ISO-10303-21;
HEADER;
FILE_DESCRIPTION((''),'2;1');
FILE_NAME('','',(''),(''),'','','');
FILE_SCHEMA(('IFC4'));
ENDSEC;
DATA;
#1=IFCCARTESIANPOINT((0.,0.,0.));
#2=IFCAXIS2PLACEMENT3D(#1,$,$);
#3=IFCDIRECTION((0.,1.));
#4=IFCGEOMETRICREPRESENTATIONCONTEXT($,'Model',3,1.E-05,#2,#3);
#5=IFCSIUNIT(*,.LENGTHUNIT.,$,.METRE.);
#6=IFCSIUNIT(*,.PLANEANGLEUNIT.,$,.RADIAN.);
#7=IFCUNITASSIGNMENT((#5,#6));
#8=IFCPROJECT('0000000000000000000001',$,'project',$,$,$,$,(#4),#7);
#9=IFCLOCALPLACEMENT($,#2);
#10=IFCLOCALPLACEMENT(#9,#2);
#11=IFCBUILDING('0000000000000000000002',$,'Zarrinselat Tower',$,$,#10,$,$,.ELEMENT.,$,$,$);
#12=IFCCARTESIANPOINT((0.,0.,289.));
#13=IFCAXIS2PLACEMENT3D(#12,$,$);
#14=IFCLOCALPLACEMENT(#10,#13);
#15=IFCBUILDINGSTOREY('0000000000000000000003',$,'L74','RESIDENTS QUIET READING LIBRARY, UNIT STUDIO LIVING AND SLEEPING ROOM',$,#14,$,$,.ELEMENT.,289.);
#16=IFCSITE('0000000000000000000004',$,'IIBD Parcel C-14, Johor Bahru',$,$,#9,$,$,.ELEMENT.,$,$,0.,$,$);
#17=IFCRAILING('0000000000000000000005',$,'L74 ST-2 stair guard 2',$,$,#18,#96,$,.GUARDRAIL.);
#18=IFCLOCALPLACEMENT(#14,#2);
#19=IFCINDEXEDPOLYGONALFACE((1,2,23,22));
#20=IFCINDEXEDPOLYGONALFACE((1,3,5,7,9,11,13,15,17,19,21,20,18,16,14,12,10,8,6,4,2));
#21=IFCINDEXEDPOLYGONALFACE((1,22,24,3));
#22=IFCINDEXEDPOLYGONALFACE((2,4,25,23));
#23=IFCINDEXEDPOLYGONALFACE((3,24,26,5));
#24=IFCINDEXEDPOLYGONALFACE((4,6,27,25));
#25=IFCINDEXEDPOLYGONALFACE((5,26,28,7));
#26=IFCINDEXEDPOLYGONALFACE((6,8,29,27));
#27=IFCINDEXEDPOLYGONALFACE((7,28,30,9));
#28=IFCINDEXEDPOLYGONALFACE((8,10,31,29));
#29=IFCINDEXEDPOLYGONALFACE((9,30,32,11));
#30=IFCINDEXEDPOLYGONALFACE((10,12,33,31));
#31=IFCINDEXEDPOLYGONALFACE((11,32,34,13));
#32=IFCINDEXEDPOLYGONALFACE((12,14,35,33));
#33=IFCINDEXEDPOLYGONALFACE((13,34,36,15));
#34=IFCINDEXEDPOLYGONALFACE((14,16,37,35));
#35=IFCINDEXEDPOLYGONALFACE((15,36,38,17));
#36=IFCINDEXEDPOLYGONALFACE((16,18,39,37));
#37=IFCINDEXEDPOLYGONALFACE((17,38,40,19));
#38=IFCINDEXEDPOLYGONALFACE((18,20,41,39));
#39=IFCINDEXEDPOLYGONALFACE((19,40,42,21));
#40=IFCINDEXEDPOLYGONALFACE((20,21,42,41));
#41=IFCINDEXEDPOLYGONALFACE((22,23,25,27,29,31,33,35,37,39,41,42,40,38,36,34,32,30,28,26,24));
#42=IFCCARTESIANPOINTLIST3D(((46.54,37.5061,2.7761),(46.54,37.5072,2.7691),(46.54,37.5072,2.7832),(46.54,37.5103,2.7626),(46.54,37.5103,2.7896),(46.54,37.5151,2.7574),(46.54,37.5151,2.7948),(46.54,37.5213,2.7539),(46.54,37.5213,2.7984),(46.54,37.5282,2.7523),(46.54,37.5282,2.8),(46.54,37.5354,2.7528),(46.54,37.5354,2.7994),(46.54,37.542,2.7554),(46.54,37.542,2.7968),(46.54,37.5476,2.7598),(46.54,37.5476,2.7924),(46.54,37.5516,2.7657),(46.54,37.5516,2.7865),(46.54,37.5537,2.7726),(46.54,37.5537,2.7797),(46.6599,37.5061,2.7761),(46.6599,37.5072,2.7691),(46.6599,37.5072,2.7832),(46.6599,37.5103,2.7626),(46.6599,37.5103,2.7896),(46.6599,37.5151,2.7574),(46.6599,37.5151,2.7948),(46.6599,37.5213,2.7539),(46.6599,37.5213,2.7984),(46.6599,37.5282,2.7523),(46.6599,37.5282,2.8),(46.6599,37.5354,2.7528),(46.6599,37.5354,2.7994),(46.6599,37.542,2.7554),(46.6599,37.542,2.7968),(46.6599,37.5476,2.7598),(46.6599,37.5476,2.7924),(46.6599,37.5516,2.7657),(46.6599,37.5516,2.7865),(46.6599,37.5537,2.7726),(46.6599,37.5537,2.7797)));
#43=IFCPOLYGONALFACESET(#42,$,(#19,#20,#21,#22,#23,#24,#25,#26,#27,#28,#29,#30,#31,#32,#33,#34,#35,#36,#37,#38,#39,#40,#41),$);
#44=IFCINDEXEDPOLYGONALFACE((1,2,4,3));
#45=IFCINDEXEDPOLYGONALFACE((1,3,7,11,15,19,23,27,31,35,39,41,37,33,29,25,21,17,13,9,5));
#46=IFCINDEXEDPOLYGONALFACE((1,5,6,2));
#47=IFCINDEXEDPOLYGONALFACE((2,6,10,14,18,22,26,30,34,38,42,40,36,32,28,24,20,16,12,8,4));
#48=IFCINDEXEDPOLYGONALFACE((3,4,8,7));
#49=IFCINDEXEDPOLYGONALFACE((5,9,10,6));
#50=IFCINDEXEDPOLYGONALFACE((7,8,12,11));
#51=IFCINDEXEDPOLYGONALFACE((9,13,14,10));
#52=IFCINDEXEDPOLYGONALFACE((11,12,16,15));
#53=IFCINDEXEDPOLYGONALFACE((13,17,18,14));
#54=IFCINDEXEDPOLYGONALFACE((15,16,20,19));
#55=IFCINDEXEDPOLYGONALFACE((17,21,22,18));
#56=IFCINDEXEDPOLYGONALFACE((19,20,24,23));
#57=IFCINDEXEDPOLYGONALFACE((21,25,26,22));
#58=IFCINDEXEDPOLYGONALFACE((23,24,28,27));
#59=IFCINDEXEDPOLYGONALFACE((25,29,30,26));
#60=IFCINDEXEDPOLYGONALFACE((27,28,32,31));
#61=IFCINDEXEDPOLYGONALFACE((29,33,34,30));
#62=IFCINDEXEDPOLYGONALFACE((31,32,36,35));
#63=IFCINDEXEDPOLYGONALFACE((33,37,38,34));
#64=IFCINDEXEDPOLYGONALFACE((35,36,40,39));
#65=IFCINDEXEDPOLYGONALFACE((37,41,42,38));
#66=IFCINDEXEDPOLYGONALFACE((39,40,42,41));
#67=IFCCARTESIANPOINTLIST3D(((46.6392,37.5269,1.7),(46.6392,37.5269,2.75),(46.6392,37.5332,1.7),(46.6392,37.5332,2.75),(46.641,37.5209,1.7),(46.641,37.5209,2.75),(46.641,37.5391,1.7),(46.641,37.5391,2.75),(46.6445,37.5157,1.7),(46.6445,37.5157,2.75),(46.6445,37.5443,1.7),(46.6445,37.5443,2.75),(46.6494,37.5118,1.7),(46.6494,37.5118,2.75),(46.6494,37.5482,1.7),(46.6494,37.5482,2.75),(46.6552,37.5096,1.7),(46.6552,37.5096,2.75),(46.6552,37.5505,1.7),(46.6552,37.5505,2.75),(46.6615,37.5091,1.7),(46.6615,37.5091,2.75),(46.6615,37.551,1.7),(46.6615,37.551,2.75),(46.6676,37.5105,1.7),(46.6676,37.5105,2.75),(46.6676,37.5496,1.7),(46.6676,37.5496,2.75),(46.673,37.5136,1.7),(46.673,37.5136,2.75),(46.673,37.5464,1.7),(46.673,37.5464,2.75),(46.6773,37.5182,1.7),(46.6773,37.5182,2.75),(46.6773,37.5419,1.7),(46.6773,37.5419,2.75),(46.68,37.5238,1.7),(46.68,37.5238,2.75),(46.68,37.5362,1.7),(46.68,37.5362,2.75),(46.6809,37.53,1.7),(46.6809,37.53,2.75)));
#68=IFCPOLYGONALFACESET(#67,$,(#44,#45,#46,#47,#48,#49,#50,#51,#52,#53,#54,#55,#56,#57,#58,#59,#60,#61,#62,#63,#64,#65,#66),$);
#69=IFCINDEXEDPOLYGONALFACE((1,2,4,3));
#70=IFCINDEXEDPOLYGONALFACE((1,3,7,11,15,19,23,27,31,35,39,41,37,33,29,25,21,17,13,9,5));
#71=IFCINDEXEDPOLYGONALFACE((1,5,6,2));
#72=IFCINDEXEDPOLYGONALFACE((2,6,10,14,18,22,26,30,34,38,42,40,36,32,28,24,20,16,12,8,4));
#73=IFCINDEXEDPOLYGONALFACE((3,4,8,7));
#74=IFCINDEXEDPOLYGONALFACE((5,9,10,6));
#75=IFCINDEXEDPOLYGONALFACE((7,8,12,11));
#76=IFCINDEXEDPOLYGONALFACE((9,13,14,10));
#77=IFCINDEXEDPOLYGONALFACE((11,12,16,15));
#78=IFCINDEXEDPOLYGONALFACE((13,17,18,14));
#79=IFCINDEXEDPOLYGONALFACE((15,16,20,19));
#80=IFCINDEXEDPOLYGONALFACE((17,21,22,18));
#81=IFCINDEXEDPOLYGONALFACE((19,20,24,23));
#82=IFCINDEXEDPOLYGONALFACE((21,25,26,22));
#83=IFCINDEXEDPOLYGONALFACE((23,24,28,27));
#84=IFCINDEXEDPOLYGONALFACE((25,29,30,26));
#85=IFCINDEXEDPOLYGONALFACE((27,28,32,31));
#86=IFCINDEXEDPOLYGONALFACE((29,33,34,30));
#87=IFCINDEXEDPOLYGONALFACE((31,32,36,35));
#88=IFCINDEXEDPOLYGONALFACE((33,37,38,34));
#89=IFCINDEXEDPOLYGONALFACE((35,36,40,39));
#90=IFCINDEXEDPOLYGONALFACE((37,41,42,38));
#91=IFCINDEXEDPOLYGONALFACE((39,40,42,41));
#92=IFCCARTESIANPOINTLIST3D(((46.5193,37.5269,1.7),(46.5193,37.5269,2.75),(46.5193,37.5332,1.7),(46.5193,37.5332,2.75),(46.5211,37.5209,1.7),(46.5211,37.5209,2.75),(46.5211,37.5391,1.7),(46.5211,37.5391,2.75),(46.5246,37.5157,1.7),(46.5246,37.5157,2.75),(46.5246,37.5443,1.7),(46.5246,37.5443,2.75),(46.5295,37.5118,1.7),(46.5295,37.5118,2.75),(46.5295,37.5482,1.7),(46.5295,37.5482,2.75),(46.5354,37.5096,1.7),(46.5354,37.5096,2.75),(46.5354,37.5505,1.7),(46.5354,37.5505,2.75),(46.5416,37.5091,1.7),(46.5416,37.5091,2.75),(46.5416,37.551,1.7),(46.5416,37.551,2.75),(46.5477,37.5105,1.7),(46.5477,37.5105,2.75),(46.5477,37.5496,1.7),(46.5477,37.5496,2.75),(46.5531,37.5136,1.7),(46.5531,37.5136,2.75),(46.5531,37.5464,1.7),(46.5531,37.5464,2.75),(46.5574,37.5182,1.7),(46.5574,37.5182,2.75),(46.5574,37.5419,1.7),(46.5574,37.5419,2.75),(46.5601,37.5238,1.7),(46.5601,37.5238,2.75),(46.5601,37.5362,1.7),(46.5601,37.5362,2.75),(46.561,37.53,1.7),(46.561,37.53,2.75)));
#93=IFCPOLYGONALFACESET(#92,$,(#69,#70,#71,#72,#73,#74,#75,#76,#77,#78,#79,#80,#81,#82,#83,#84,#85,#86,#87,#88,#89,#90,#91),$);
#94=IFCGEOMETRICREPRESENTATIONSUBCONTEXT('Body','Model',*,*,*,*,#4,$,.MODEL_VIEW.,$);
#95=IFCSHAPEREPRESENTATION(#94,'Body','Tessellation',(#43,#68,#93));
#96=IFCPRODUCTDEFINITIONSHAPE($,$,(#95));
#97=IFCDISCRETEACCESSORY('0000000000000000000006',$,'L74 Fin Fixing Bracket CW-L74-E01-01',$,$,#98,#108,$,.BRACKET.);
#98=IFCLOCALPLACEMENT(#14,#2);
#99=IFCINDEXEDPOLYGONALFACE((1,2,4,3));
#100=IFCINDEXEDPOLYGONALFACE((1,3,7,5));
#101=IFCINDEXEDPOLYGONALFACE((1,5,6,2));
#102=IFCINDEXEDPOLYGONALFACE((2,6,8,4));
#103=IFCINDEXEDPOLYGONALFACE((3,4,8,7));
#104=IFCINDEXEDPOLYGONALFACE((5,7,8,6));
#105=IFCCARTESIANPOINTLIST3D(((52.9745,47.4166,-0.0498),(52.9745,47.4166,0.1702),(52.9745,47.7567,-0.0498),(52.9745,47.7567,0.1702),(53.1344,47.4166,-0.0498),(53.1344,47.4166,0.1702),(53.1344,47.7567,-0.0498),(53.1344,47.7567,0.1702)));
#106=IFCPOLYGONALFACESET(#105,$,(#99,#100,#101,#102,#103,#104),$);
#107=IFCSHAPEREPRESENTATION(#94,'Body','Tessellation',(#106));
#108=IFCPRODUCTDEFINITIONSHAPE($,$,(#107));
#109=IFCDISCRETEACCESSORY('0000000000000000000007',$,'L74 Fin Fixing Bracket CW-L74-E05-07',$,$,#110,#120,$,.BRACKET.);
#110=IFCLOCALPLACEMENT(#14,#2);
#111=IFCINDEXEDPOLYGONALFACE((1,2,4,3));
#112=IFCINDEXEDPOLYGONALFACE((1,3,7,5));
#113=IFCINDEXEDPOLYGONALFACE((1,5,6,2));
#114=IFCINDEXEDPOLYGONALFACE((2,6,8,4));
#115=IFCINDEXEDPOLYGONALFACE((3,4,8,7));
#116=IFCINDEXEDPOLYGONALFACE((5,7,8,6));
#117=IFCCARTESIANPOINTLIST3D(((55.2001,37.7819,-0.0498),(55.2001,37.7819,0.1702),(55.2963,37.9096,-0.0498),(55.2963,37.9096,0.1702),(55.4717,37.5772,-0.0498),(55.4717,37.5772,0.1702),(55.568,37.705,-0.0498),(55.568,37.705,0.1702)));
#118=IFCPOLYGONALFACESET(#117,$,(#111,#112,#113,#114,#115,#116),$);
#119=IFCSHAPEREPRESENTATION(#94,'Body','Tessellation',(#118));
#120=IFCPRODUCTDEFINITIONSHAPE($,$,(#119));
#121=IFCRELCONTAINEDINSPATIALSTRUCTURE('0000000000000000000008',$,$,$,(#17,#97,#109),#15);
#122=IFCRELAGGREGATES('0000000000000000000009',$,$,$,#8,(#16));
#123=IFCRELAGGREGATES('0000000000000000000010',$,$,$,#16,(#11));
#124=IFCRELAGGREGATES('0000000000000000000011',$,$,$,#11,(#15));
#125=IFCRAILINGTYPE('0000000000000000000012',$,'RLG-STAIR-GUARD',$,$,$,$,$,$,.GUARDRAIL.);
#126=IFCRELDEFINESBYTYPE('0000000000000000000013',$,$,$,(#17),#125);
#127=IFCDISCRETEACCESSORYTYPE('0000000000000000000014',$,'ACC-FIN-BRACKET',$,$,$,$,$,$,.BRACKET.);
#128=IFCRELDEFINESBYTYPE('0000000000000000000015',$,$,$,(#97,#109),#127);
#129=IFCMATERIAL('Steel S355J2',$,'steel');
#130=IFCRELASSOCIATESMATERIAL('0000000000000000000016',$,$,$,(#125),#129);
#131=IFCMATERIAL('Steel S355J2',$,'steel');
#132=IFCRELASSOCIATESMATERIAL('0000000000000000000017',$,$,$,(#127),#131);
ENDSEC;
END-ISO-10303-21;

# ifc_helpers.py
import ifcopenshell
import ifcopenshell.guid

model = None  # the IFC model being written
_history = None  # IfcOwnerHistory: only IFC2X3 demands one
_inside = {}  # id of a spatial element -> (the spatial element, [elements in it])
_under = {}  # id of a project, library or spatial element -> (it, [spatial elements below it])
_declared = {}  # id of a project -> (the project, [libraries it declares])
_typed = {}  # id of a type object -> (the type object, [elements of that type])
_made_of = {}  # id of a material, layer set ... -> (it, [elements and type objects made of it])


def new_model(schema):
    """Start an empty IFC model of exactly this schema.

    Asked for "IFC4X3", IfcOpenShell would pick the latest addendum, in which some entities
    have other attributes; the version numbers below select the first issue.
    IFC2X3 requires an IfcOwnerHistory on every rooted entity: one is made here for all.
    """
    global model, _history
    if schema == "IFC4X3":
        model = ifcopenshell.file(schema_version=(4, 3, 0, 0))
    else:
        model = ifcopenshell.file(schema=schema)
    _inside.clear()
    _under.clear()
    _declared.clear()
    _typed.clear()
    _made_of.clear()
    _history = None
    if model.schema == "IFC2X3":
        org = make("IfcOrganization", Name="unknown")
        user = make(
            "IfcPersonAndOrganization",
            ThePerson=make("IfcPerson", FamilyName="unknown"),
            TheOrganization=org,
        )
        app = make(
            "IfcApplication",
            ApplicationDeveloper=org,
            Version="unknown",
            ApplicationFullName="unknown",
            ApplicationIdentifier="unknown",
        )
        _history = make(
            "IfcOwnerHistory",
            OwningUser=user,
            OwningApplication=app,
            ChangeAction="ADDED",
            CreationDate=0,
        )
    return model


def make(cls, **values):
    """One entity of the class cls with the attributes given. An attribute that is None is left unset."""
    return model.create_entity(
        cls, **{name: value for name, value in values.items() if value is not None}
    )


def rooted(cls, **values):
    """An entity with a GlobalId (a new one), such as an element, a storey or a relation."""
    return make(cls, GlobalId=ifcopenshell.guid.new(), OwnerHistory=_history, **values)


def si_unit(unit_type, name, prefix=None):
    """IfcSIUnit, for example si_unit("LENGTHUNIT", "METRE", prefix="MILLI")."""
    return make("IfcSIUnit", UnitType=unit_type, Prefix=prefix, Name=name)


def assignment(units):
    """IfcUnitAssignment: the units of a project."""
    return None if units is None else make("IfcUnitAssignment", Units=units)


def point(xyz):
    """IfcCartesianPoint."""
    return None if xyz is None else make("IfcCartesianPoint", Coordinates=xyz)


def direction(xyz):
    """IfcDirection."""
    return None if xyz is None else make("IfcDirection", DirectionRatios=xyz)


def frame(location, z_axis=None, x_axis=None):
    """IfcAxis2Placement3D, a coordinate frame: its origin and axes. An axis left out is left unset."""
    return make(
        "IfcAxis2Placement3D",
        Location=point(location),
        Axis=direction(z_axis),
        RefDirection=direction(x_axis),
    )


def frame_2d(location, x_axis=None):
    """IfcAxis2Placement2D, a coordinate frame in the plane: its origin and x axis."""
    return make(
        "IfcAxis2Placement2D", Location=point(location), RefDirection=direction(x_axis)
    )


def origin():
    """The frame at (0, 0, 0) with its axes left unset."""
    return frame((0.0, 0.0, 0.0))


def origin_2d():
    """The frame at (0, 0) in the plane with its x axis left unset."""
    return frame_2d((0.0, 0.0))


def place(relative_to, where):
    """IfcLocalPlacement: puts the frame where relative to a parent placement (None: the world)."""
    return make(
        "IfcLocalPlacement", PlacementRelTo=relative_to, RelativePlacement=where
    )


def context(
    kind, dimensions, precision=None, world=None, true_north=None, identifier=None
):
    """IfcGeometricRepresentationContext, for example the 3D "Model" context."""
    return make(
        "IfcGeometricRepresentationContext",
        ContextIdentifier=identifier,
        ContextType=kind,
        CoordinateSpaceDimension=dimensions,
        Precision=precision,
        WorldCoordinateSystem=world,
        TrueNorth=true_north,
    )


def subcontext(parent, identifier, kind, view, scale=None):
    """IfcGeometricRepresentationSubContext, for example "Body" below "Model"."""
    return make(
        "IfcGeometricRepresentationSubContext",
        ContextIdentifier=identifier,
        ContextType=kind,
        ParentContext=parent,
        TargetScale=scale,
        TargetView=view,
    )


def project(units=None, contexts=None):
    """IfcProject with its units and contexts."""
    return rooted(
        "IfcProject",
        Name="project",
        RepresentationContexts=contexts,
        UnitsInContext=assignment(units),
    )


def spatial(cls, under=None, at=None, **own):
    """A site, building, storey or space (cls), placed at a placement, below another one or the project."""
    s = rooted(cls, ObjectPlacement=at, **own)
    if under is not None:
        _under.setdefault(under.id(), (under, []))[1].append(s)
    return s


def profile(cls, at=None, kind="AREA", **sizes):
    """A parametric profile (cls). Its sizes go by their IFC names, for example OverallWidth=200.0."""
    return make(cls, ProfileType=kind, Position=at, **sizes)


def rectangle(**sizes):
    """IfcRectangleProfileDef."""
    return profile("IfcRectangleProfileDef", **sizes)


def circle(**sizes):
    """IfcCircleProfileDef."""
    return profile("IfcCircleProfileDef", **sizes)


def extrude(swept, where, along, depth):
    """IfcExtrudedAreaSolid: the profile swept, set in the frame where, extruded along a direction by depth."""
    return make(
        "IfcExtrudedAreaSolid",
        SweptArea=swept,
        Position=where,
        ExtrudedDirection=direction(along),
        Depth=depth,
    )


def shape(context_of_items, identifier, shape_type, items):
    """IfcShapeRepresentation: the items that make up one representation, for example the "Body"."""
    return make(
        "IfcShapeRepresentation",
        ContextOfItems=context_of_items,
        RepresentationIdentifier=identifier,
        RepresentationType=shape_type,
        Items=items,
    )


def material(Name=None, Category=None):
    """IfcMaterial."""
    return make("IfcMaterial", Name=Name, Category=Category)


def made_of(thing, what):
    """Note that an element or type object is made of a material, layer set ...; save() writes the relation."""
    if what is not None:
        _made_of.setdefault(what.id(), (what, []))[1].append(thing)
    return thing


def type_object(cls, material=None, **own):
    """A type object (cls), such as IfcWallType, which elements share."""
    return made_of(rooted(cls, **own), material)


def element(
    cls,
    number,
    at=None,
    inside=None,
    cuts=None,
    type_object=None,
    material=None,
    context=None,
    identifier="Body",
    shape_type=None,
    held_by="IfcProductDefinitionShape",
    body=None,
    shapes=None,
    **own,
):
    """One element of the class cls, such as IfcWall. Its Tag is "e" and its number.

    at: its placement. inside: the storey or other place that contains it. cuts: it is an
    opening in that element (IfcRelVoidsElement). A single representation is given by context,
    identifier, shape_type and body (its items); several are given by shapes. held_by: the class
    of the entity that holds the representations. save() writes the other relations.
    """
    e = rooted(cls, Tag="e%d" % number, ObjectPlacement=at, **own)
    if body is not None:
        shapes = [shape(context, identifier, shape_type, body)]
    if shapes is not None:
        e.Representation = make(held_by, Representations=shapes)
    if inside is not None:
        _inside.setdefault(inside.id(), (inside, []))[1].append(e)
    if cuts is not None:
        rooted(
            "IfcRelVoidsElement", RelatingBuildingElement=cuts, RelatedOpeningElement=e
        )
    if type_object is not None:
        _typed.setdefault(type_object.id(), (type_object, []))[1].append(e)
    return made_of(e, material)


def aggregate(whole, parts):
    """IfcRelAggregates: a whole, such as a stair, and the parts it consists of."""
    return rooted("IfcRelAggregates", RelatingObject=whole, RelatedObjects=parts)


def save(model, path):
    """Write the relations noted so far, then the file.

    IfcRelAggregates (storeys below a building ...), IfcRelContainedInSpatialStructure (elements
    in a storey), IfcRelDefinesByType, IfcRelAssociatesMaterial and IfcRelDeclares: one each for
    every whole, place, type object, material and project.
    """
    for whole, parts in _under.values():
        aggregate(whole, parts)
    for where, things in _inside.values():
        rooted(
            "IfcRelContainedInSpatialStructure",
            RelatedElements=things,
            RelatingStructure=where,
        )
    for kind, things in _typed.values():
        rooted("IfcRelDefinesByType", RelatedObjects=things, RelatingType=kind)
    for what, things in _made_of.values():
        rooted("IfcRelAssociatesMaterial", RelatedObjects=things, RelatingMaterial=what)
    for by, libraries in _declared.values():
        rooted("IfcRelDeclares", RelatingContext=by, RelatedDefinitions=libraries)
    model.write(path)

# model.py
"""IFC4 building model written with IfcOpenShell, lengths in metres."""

from ifc_helpers import new_model, si_unit, direction, frame, origin, origin_2d, place, context, subcontext, project, spatial, rectangle, circle, extrude, material, type_object, element, save


model = new_model("IFC4")

# Units and contexts
model_context = context("Model", 3, precision=1e-05, world=origin(), true_north=direction((0.0, 1.0)))
body_context = subcontext(model_context, "Body", "Model", "MODEL_VIEW")
ifc_project = project(units=[si_unit("LENGTHUNIT", "METRE"), si_unit("PLANEANGLEUNIT", "RADIAN")], contexts=[model_context])

# Site, building, storey
site_placement = place(None, origin())
site = spatial("IfcSite", under=ifc_project, at=site_placement, Name="IIBD Parcel C-14, Johor Bahru", CompositionType="ELEMENT", RefElevation=0.0)
building_placement = place(site_placement, origin())
building = spatial("IfcBuilding", under=site, at=building_placement, Name="Zarrinselat Tower", CompositionType="ELEMENT")
storey_placement = place(building_placement, frame((0.0, 0.0, 289.0)))
storey = spatial("IfcBuildingStorey", under=building, at=storey_placement, Name="L74", Description="RESIDENTS QUIET READING LIBRARY, UNIT STUDIO LIVING AND SLEEPING ROOM", CompositionType="ELEMENT", Elevation=289.0)

# Railing
ifc_material_1 = material(Name="Steel S355J2", Category="steel")
railing_type = type_object("IfcRailingType", Name="RLG-STAIR-GUARD", PredefinedType="GUARDRAIL", material=ifc_material_1)
railing_placement = place(storey_placement, frame((46.6599, 37.53, 1.7)))
element("IfcRailing", 1, at=railing_placement, inside=storey, type_object=railing_type, Name="L74 ST-2 stair guard 2", PredefinedType="GUARDRAIL", context=body_context, shape_type="SweptSolid", body=[
    extrude(circle(Radius=0.0239, at=origin_2d()), frame((0.0, 0.0, 1.0762), z_axis=(-1.0, 0.0, 0.0), x_axis=(0.0, -1.0, 0.0)), (0.0, 0.0, 1.0), 0.1199),
    extrude(circle(Radius=0.021, at=origin_2d()), origin(), (0.0, 0.0, 1.0), 1.05),
    extrude(circle(Radius=0.021, at=origin_2d()), frame((-0.1199, 0.0, 0.0)), (0.0, 0.0, 1.0), 1.05),
])

# Discrete accessories
ifc_material_2 = material(Name="Steel S355J2", Category="steel")
discrete_accessory_type = type_object("IfcDiscreteAccessoryType", Name="ACC-FIN-BRACKET", PredefinedType="BRACKET", material=ifc_material_2)
for number, where, z_axis, x_axis, name in (
    (2, (53.0544, 47.5867, -0.0498), (0.0, 0.0, 1.0), (0.0, 1.0, 0.0), "L74 Fin Fixing Bracket CW-L74-E01-01"),
    (3, (55.384, 37.7434, -0.0498), (0.0, 0.0, 1.0), (0.798743, -0.601673, 0.0), "L74 Fin Fixing Bracket CW-L74-E05-07"),
):
    element("IfcDiscreteAccessory", number, at=place(storey_placement, frame(where, z_axis=z_axis, x_axis=x_axis)), inside=storey, type_object=discrete_accessory_type, Name=name, PredefinedType="BRACKET", context=body_context, shape_type="SweptSolid", body=[
        extrude(rectangle(XDim=0.3401, YDim=0.1599, at=origin_2d()), origin(), (0.0, 0.0, 1.0), 0.22),
    ])

save(model, "model.ifc")
